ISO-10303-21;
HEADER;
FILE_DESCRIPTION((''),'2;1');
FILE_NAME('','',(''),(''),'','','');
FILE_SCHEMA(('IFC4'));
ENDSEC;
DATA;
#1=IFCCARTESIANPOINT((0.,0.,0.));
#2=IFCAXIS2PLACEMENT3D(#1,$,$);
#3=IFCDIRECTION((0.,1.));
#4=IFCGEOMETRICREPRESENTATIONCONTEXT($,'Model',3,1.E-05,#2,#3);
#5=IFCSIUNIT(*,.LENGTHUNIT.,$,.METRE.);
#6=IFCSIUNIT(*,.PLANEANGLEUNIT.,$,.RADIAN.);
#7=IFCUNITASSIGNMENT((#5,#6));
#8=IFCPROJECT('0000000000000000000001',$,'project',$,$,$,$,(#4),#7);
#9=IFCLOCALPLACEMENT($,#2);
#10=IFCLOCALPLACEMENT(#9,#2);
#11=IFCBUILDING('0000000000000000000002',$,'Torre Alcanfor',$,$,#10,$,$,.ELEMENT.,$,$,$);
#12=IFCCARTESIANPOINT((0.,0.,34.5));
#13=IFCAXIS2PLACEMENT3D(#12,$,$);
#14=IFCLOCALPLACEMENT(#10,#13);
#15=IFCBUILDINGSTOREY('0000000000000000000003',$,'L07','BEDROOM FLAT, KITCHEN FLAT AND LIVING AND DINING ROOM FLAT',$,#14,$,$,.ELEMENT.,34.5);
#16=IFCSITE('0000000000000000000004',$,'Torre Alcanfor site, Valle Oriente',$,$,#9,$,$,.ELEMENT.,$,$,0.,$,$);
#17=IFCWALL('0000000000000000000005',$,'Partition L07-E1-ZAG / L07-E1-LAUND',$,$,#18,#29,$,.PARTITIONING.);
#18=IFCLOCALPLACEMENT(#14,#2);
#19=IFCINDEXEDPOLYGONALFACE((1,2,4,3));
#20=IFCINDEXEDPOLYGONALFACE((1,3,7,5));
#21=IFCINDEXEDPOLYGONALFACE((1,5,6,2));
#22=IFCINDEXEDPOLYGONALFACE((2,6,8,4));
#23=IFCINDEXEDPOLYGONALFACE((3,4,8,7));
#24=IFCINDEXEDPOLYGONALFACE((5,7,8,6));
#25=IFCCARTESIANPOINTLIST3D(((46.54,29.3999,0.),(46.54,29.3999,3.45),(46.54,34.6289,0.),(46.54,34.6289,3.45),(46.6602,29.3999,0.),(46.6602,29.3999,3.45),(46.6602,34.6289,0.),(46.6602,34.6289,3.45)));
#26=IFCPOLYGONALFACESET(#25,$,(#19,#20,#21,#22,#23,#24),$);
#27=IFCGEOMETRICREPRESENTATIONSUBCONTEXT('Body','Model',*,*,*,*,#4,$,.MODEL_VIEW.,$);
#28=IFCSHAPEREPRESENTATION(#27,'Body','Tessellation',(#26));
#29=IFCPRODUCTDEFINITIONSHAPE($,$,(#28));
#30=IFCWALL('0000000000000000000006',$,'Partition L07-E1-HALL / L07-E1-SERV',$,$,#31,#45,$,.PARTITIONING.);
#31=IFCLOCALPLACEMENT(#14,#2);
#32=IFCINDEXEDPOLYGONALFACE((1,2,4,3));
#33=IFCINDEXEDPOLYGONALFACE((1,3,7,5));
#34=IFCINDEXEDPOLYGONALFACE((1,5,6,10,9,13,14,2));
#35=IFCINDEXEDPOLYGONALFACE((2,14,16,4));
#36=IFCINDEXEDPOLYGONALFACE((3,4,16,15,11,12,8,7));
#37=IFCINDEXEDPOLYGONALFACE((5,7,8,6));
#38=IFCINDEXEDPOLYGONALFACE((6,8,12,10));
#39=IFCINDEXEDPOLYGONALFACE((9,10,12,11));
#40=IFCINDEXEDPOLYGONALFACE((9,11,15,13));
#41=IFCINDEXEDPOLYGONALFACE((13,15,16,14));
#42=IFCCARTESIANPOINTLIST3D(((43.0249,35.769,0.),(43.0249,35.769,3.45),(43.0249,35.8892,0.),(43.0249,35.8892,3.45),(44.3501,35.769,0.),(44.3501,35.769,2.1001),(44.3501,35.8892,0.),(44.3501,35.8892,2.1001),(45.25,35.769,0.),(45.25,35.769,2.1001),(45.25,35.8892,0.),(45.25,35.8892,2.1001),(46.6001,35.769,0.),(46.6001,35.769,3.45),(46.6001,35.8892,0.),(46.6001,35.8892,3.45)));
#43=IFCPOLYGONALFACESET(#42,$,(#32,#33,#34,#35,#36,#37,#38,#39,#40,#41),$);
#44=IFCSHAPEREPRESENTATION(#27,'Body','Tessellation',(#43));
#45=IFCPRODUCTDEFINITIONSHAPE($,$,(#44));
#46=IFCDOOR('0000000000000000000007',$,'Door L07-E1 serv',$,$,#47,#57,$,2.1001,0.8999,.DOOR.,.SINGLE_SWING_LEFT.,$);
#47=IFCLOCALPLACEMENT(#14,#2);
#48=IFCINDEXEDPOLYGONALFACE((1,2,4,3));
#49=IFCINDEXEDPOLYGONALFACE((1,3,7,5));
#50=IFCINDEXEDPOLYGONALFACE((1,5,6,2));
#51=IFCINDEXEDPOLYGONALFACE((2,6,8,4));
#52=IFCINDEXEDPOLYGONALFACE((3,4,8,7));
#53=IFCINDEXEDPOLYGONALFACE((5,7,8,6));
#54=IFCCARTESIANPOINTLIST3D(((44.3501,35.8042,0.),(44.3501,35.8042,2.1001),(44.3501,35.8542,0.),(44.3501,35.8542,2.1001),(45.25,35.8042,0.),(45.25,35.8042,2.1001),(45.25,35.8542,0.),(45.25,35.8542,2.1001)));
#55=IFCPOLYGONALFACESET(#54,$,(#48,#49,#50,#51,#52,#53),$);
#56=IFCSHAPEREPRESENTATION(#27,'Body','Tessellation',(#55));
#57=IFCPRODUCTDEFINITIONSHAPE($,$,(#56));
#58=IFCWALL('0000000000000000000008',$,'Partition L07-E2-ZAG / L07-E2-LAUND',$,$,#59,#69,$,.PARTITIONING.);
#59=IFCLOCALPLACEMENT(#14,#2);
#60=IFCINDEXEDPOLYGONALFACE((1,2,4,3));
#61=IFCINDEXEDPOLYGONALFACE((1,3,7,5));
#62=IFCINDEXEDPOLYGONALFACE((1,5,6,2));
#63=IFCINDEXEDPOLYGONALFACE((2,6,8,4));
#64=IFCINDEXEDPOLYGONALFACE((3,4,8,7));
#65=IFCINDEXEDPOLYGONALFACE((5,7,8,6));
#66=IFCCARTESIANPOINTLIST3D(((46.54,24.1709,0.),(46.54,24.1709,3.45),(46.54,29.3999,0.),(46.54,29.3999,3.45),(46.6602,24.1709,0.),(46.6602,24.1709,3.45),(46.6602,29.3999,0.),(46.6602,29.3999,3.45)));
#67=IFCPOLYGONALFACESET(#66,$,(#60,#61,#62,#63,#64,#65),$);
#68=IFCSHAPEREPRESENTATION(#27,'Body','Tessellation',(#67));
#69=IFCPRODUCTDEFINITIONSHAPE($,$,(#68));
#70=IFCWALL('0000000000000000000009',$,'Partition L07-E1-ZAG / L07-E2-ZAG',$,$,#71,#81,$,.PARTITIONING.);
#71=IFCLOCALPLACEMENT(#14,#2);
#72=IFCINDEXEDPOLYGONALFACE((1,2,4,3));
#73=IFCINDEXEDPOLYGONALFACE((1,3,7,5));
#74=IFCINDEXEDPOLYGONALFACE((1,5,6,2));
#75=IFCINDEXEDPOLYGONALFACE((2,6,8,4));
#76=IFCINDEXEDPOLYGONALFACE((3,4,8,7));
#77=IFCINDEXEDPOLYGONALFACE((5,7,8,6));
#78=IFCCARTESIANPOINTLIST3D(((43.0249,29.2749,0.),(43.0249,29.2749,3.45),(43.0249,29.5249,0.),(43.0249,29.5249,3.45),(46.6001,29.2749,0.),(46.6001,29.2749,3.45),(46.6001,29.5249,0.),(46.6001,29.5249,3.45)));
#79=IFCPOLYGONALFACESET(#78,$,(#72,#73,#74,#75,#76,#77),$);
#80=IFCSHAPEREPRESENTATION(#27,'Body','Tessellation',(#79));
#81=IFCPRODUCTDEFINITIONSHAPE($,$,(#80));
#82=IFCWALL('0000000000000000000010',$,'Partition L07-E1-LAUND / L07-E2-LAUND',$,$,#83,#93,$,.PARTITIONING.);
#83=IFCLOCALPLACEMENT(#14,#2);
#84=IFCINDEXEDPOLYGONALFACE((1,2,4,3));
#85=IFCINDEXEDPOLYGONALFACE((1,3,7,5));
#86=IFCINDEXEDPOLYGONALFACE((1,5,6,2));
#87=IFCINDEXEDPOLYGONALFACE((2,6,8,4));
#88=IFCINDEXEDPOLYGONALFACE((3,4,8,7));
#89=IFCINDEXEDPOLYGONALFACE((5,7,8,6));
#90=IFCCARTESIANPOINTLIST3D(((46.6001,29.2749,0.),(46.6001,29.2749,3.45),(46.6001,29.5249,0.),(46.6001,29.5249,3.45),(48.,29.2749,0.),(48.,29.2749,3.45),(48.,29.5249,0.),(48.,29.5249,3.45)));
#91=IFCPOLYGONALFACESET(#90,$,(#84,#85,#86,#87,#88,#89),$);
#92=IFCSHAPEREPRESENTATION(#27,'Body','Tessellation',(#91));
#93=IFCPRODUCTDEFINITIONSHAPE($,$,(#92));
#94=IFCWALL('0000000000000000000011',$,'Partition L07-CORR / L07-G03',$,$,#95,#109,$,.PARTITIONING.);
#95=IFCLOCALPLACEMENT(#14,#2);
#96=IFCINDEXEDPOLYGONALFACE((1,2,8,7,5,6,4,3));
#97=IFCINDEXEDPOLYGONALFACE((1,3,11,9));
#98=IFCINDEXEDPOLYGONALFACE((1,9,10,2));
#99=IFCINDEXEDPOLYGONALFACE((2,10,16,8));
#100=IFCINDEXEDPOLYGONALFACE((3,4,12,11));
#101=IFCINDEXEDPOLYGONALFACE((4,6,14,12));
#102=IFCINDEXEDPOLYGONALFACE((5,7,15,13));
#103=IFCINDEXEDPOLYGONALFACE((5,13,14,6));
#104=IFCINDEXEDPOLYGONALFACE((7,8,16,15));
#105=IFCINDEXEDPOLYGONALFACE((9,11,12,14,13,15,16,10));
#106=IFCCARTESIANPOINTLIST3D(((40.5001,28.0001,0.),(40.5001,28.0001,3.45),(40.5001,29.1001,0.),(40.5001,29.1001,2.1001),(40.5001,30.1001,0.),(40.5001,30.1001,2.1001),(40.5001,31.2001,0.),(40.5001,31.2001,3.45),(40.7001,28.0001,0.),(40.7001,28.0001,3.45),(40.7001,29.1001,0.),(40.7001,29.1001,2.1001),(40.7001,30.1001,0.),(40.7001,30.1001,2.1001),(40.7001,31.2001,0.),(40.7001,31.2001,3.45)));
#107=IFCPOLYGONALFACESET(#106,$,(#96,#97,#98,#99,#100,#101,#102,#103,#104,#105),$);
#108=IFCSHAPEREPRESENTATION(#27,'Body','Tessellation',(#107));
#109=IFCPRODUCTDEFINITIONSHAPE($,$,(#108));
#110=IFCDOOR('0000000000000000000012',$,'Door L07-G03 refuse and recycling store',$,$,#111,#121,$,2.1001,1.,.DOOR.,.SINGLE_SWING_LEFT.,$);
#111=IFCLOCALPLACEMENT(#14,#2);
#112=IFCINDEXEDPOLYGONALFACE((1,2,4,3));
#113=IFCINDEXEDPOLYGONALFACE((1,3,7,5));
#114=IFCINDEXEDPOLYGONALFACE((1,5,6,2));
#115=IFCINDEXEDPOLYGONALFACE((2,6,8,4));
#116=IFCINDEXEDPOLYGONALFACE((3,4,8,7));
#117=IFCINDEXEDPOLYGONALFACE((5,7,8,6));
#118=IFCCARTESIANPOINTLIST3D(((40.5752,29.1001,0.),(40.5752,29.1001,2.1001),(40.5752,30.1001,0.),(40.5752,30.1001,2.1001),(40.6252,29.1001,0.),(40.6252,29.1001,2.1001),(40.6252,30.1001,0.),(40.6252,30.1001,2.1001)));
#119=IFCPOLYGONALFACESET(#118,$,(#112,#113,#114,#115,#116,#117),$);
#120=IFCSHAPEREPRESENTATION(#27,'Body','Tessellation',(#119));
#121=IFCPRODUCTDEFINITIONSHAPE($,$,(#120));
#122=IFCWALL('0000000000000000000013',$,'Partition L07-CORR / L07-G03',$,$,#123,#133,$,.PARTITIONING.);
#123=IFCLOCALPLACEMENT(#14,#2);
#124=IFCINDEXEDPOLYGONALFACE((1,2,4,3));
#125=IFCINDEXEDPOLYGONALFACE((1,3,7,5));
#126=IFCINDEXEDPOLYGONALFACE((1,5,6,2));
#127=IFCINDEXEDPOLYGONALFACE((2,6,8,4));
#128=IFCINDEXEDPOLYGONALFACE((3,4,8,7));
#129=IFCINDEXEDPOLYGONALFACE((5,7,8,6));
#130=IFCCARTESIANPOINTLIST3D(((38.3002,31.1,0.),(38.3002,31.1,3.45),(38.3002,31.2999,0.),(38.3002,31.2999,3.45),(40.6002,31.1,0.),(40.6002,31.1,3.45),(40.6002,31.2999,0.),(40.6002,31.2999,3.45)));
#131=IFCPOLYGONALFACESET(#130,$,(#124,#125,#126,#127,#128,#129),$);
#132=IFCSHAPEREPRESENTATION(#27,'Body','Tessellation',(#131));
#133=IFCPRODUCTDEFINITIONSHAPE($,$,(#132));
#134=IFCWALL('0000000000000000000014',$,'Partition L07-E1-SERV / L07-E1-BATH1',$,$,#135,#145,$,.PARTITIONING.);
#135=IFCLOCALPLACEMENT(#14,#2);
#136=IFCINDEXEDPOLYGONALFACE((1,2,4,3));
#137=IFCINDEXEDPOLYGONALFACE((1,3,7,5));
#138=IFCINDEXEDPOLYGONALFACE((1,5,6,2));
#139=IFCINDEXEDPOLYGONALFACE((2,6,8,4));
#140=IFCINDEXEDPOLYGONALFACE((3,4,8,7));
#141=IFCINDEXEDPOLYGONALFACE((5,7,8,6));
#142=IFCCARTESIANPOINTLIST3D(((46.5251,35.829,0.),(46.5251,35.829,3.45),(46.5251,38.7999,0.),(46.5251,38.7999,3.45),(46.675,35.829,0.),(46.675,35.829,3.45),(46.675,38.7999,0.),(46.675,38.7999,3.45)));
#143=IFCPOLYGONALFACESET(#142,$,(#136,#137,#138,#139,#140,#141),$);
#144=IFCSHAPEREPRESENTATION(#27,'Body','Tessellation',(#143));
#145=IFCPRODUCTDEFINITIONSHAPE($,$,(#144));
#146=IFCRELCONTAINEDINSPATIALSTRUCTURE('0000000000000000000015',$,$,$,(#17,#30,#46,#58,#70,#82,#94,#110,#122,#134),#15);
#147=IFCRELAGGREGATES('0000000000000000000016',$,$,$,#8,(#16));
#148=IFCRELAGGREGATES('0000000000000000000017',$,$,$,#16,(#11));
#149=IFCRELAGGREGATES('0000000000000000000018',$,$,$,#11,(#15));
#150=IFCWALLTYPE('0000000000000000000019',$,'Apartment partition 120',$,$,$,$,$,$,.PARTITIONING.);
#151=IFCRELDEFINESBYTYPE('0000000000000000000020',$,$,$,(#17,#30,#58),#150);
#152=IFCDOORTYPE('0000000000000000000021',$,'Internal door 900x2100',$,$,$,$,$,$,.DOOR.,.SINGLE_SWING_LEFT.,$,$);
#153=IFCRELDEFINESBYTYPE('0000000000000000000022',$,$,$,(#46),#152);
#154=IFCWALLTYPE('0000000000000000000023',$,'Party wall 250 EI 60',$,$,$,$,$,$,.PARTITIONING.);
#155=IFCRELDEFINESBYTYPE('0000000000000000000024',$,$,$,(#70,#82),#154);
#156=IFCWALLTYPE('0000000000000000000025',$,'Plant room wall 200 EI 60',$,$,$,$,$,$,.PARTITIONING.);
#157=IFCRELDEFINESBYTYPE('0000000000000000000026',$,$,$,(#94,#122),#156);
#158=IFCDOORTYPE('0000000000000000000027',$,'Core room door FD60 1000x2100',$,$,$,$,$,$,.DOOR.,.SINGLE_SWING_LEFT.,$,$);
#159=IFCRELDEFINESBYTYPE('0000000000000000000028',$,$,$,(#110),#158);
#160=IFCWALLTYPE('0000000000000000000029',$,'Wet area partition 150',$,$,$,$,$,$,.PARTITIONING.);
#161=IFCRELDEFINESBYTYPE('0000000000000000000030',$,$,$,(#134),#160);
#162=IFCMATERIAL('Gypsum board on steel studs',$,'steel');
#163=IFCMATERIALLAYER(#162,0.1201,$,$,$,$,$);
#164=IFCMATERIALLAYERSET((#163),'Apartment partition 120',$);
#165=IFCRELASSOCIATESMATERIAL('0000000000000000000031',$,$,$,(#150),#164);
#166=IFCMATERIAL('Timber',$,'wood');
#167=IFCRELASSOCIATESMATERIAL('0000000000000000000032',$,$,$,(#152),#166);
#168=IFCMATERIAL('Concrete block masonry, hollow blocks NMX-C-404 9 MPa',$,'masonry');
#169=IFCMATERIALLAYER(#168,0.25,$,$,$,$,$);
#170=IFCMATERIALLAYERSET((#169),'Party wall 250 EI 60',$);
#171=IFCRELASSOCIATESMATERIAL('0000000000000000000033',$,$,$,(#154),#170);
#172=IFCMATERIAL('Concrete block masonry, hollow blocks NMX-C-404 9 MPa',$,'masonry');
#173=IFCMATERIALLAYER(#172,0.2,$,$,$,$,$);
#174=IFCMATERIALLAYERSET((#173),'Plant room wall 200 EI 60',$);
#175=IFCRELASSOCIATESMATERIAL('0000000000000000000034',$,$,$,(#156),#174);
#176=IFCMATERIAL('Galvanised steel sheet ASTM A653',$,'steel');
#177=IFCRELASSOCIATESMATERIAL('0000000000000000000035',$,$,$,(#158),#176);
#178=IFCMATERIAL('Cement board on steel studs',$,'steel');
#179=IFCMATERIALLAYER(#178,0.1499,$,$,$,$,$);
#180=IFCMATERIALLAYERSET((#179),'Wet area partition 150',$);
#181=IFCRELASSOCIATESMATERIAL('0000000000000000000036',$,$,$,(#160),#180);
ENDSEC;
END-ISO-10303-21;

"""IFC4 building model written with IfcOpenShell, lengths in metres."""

from ifc_helpers import new_model, si_unit, direction, frame, frame_2d, origin, place, context, subcontext, project, spatial, rectangle, extrude, material, layer, layer_set, type_object, element, fill, save


model = new_model("IFC4")

# Units and contexts
model_context = context("Model", 3, precision=1e-05, world=origin(), true_north=direction((0.0, 1.0)))
body_context = subcontext(model_context, "Body", "Model", "MODEL_VIEW")
ifc_project = project(units=[si_unit("LENGTHUNIT", "METRE"), si_unit("PLANEANGLEUNIT", "RADIAN")], contexts=[model_context])

# Site, building, storey
site_placement = place(None, origin())
site = spatial("IfcSite", under=ifc_project, at=site_placement, Name="Torre Alcanfor site, Valle Oriente", CompositionType="ELEMENT", RefElevation=0.0)
building_placement = place(site_placement, origin())
building = spatial("IfcBuilding", under=site, at=building_placement, Name="Torre Alcanfor", CompositionType="ELEMENT")
storey_placement = place(building_placement, frame((0.0, 0.0, 34.5)))
storey = spatial("IfcBuildingStorey", under=building, at=storey_placement, Name="L07", Description="BEDROOM FLAT, KITCHEN FLAT AND LIVING AND DINING ROOM FLAT", CompositionType="ELEMENT", Elevation=34.5)

# Wall
ifc_material_1 = material(Name="Gypsum board on steel studs", Category="steel")
ifc_layer_1 = layer(ifc_material_1, 0.1201)
ifc_layer_set_1 = layer_set([ifc_layer_1], Name="Apartment partition 120")
wall_type_1 = type_object("IfcWallType", Name="Apartment partition 120", PredefinedType="PARTITIONING", material=ifc_layer_set_1)
wall_1_placement = place(storey_placement, frame((46.6001, 29.3999, 0.0), z_axis=(0.0, 0.0, 1.0), x_axis=(0.0, 1.0, 0.0)))
element("IfcWall", 1, at=wall_1_placement, inside=storey, type_object=wall_type_1, Name="Partition L07-E1-ZAG / L07-E1-LAUND", PredefinedType="PARTITIONING", context=body_context, shape_type="SweptSolid", body=[
    extrude(rectangle(XDim=5.229, YDim=0.1201, at=frame_2d((2.6145, 0.0))), origin(), (0.0, 0.0, 1.0), 3.45),
])

# Wall, opening, door
wall_2_placement = place(storey_placement, frame((46.6001, 35.8291, 0.0), z_axis=(0.0, 0.0, 1.0), x_axis=(-1.0, 0.0, 0.0)))
wall_2 = element("IfcWall", 2, at=wall_2_placement, inside=storey, type_object=wall_type_1, Name="Partition L07-E1-HALL / L07-E1-SERV", PredefinedType="PARTITIONING", context=body_context, shape_type="SweptSolid", body=[
    extrude(rectangle(XDim=3.5752, YDim=0.1201, at=frame_2d((1.7876, 0.0))), origin(), (0.0, 0.0, 1.0), 3.45),
])
opening_1_placement = place(wall_2_placement, frame((1.3501, 0.0, 0.0)))
opening_1 = element("IfcOpeningElement", 3, at=opening_1_placement, cuts=wall_2, PredefinedType="OPENING", context=body_context, shape_type="SweptSolid", body=[
    extrude(rectangle(XDim=0.8999, YDim=2.1001, at=frame_2d((0.45, 1.05))), frame((0.0, 0.0701, 0.0), z_axis=(0.0, -1.0, 0.0), x_axis=(1.0, 0.0, 0.0)), (0.0, 0.0, 1.0), 0.1401),
])
ifc_material_2 = material(Name="Timber", Category="wood")
door_type_1 = type_object("IfcDoorType", Name="Internal door 900x2100", OperationType="SINGLE_SWING_LEFT", PredefinedType="DOOR", material=ifc_material_2)
door_1_placement = place(opening_1_placement, frame((0.8999, 0.0, 0.0), z_axis=(0.0, 0.0, 1.0), x_axis=(-1.0, 0.0, 0.0)))
door_1 = element("IfcDoor", 4, at=door_1_placement, inside=storey, type_object=door_type_1, Name="Door L07-E1 serv", OperationType="SINGLE_SWING_LEFT", OverallHeight=2.1001, OverallWidth=0.8999, PredefinedType="DOOR", context=body_context, shape_type="SweptSolid", body=[
    extrude(rectangle(XDim=0.8999, YDim=2.1001, at=frame_2d((0.45, 1.05))), frame((0.0, 0.0251, 0.0), z_axis=(0.0, -1.0, 0.0), x_axis=(1.0, 0.0, 0.0)), (0.0, 0.0, 1.0), 0.05),
])
fill(opening_1, door_1)

# Walls
wall_3_placement = place(storey_placement, frame((46.6001, 29.3999, 0.0), z_axis=(0.0, 0.0, 1.0), x_axis=(0.0, -1.0, 0.0)))
element("IfcWall", 5, at=wall_3_placement, inside=storey, type_object=wall_type_1, Name="Partition L07-E2-ZAG / L07-E2-LAUND", PredefinedType="PARTITIONING", context=body_context, shape_type="SweptSolid", body=[
    extrude(rectangle(XDim=5.229, YDim=0.1201, at=frame_2d((2.6145, 0.0))), origin(), (0.0, 0.0, 1.0), 3.45),
])
ifc_material_3 = material(Name="Concrete block masonry, hollow blocks NMX-C-404 9 MPa", Category="masonry")
ifc_layer_2 = layer(ifc_material_3, 0.25)
ifc_layer_set_2 = layer_set([ifc_layer_2], Name="Party wall 250 EI 60")
wall_type_2 = type_object("IfcWallType", Name="Party wall 250 EI 60", PredefinedType="PARTITIONING", material=ifc_layer_set_2)
wall_4_placement = place(storey_placement, frame((43.0249, 29.3999, 0.0), z_axis=(0.0, 0.0, 1.0), x_axis=(1.0, 0.0, 0.0)))
element("IfcWall", 6, at=wall_4_placement, inside=storey, type_object=wall_type_2, Name="Partition L07-E1-ZAG / L07-E2-ZAG", PredefinedType="PARTITIONING", context=body_context, shape_type="SweptSolid", body=[
    extrude(rectangle(XDim=3.5752, YDim=0.25, at=frame_2d((1.7876, 0.0))), origin(), (0.0, 0.0, 1.0), 3.45),
])
wall_5_placement = place(storey_placement, frame((46.6001, 29.3999, 0.0), z_axis=(0.0, 0.0, 1.0), x_axis=(1.0, 0.0, 0.0)))
element("IfcWall", 7, at=wall_5_placement, inside=storey, type_object=wall_type_2, Name="Partition L07-E1-LAUND / L07-E2-LAUND", PredefinedType="PARTITIONING", context=body_context, shape_type="SweptSolid", body=[
    extrude(rectangle(XDim=1.3999, YDim=0.25, at=frame_2d((0.7, 0.0))), origin(), (0.0, 0.0, 1.0), 3.45),
])

# Wall, opening, door
ifc_material_4 = material(Name="Concrete block masonry, hollow blocks NMX-C-404 9 MPa", Category="masonry")
ifc_layer_3 = layer(ifc_material_4, 0.2)
ifc_layer_set_3 = layer_set([ifc_layer_3], Name="Plant room wall 200 EI 60")
wall_type_3 = type_object("IfcWallType", Name="Plant room wall 200 EI 60", PredefinedType="PARTITIONING", material=ifc_layer_set_3)
wall_6_placement = place(storey_placement, frame((40.6001, 28.0, 0.0), z_axis=(0.0, 0.0, 1.0), x_axis=(0.0, 1.0, 0.0)))
wall_6 = element("IfcWall", 8, at=wall_6_placement, inside=storey, type_object=wall_type_3, Name="Partition L07-CORR / L07-G03", PredefinedType="PARTITIONING", context=body_context, shape_type="SweptSolid", body=[
    extrude(rectangle(XDim=3.2, YDim=0.2, at=frame_2d((1.6001, 0.0))), origin(), (0.0, 0.0, 1.0), 3.45),
])
opening_2_placement = place(wall_6_placement, frame((1.1001, 0.0, 0.0)))
opening_2 = element("IfcOpeningElement", 9, at=opening_2_placement, cuts=wall_6, PredefinedType="OPENING", context=body_context, shape_type="SweptSolid", body=[
    extrude(rectangle(XDim=1.0, YDim=2.1001, at=frame_2d((0.5, 1.05))), frame((0.0, 0.1099, 0.0), z_axis=(0.0, -1.0, 0.0), x_axis=(1.0, 0.0, 0.0)), (0.0, 0.0, 1.0), 0.22),
])
ifc_material_5 = material(Name="Galvanised steel sheet ASTM A653", Category="steel")
door_type_2 = type_object("IfcDoorType", Name="Core room door FD60 1000x2100", OperationType="SINGLE_SWING_LEFT", PredefinedType="DOOR", material=ifc_material_5)
door_2_placement = place(opening_2_placement, origin())
door_2 = element("IfcDoor", 10, at=door_2_placement, inside=storey, type_object=door_type_2, Name="Door L07-G03 refuse and recycling store", OperationType="SINGLE_SWING_LEFT", OverallHeight=2.1001, OverallWidth=1.0, PredefinedType="DOOR", context=body_context, shape_type="SweptSolid", body=[
    extrude(rectangle(XDim=1.0, YDim=2.1001, at=frame_2d((0.5, 1.05))), frame((0.0, 0.0249, 0.0), z_axis=(0.0, -1.0, 0.0), x_axis=(1.0, 0.0, 0.0)), (0.0, 0.0, 1.0), 0.05),
])
fill(opening_2, door_2)

# Walls
wall_7_placement = place(storey_placement, frame((40.6001, 31.2, 0.0), z_axis=(0.0, 0.0, 1.0), x_axis=(-1.0, 0.0, 0.0)))
element("IfcWall", 11, at=wall_7_placement, inside=storey, type_object=wall_type_3, Name="Partition L07-CORR / L07-G03", PredefinedType="PARTITIONING", context=body_context, shape_type="SweptSolid", body=[
    extrude(rectangle(XDim=2.3, YDim=0.2, at=frame_2d((1.1499, 0.0))), origin(), (0.0, 0.0, 1.0), 3.45),
])
ifc_material_6 = material(Name="Cement board on steel studs", Category="steel")
ifc_layer_4 = layer(ifc_material_6, 0.1499)
ifc_layer_set_4 = layer_set([ifc_layer_4], Name="Wet area partition 150")
wall_type_4 = type_object("IfcWallType", Name="Wet area partition 150", PredefinedType="PARTITIONING", material=ifc_layer_set_4)
wall_8_placement = place(storey_placement, frame((46.6001, 35.8291, 0.0), z_axis=(0.0, 0.0, 1.0), x_axis=(0.0, 1.0, 0.0)))
element("IfcWall", 12, at=wall_8_placement, inside=storey, type_object=wall_type_4, Name="Partition L07-E1-SERV / L07-E1-BATH1", PredefinedType="PARTITIONING", context=body_context, shape_type="SweptSolid", body=[
    extrude(rectangle(XDim=2.9709, YDim=0.1499, at=frame_2d((1.4854, 0.0))), origin(), (0.0, 0.0, 1.0), 3.45),
])

save(model, "model.ifc")
